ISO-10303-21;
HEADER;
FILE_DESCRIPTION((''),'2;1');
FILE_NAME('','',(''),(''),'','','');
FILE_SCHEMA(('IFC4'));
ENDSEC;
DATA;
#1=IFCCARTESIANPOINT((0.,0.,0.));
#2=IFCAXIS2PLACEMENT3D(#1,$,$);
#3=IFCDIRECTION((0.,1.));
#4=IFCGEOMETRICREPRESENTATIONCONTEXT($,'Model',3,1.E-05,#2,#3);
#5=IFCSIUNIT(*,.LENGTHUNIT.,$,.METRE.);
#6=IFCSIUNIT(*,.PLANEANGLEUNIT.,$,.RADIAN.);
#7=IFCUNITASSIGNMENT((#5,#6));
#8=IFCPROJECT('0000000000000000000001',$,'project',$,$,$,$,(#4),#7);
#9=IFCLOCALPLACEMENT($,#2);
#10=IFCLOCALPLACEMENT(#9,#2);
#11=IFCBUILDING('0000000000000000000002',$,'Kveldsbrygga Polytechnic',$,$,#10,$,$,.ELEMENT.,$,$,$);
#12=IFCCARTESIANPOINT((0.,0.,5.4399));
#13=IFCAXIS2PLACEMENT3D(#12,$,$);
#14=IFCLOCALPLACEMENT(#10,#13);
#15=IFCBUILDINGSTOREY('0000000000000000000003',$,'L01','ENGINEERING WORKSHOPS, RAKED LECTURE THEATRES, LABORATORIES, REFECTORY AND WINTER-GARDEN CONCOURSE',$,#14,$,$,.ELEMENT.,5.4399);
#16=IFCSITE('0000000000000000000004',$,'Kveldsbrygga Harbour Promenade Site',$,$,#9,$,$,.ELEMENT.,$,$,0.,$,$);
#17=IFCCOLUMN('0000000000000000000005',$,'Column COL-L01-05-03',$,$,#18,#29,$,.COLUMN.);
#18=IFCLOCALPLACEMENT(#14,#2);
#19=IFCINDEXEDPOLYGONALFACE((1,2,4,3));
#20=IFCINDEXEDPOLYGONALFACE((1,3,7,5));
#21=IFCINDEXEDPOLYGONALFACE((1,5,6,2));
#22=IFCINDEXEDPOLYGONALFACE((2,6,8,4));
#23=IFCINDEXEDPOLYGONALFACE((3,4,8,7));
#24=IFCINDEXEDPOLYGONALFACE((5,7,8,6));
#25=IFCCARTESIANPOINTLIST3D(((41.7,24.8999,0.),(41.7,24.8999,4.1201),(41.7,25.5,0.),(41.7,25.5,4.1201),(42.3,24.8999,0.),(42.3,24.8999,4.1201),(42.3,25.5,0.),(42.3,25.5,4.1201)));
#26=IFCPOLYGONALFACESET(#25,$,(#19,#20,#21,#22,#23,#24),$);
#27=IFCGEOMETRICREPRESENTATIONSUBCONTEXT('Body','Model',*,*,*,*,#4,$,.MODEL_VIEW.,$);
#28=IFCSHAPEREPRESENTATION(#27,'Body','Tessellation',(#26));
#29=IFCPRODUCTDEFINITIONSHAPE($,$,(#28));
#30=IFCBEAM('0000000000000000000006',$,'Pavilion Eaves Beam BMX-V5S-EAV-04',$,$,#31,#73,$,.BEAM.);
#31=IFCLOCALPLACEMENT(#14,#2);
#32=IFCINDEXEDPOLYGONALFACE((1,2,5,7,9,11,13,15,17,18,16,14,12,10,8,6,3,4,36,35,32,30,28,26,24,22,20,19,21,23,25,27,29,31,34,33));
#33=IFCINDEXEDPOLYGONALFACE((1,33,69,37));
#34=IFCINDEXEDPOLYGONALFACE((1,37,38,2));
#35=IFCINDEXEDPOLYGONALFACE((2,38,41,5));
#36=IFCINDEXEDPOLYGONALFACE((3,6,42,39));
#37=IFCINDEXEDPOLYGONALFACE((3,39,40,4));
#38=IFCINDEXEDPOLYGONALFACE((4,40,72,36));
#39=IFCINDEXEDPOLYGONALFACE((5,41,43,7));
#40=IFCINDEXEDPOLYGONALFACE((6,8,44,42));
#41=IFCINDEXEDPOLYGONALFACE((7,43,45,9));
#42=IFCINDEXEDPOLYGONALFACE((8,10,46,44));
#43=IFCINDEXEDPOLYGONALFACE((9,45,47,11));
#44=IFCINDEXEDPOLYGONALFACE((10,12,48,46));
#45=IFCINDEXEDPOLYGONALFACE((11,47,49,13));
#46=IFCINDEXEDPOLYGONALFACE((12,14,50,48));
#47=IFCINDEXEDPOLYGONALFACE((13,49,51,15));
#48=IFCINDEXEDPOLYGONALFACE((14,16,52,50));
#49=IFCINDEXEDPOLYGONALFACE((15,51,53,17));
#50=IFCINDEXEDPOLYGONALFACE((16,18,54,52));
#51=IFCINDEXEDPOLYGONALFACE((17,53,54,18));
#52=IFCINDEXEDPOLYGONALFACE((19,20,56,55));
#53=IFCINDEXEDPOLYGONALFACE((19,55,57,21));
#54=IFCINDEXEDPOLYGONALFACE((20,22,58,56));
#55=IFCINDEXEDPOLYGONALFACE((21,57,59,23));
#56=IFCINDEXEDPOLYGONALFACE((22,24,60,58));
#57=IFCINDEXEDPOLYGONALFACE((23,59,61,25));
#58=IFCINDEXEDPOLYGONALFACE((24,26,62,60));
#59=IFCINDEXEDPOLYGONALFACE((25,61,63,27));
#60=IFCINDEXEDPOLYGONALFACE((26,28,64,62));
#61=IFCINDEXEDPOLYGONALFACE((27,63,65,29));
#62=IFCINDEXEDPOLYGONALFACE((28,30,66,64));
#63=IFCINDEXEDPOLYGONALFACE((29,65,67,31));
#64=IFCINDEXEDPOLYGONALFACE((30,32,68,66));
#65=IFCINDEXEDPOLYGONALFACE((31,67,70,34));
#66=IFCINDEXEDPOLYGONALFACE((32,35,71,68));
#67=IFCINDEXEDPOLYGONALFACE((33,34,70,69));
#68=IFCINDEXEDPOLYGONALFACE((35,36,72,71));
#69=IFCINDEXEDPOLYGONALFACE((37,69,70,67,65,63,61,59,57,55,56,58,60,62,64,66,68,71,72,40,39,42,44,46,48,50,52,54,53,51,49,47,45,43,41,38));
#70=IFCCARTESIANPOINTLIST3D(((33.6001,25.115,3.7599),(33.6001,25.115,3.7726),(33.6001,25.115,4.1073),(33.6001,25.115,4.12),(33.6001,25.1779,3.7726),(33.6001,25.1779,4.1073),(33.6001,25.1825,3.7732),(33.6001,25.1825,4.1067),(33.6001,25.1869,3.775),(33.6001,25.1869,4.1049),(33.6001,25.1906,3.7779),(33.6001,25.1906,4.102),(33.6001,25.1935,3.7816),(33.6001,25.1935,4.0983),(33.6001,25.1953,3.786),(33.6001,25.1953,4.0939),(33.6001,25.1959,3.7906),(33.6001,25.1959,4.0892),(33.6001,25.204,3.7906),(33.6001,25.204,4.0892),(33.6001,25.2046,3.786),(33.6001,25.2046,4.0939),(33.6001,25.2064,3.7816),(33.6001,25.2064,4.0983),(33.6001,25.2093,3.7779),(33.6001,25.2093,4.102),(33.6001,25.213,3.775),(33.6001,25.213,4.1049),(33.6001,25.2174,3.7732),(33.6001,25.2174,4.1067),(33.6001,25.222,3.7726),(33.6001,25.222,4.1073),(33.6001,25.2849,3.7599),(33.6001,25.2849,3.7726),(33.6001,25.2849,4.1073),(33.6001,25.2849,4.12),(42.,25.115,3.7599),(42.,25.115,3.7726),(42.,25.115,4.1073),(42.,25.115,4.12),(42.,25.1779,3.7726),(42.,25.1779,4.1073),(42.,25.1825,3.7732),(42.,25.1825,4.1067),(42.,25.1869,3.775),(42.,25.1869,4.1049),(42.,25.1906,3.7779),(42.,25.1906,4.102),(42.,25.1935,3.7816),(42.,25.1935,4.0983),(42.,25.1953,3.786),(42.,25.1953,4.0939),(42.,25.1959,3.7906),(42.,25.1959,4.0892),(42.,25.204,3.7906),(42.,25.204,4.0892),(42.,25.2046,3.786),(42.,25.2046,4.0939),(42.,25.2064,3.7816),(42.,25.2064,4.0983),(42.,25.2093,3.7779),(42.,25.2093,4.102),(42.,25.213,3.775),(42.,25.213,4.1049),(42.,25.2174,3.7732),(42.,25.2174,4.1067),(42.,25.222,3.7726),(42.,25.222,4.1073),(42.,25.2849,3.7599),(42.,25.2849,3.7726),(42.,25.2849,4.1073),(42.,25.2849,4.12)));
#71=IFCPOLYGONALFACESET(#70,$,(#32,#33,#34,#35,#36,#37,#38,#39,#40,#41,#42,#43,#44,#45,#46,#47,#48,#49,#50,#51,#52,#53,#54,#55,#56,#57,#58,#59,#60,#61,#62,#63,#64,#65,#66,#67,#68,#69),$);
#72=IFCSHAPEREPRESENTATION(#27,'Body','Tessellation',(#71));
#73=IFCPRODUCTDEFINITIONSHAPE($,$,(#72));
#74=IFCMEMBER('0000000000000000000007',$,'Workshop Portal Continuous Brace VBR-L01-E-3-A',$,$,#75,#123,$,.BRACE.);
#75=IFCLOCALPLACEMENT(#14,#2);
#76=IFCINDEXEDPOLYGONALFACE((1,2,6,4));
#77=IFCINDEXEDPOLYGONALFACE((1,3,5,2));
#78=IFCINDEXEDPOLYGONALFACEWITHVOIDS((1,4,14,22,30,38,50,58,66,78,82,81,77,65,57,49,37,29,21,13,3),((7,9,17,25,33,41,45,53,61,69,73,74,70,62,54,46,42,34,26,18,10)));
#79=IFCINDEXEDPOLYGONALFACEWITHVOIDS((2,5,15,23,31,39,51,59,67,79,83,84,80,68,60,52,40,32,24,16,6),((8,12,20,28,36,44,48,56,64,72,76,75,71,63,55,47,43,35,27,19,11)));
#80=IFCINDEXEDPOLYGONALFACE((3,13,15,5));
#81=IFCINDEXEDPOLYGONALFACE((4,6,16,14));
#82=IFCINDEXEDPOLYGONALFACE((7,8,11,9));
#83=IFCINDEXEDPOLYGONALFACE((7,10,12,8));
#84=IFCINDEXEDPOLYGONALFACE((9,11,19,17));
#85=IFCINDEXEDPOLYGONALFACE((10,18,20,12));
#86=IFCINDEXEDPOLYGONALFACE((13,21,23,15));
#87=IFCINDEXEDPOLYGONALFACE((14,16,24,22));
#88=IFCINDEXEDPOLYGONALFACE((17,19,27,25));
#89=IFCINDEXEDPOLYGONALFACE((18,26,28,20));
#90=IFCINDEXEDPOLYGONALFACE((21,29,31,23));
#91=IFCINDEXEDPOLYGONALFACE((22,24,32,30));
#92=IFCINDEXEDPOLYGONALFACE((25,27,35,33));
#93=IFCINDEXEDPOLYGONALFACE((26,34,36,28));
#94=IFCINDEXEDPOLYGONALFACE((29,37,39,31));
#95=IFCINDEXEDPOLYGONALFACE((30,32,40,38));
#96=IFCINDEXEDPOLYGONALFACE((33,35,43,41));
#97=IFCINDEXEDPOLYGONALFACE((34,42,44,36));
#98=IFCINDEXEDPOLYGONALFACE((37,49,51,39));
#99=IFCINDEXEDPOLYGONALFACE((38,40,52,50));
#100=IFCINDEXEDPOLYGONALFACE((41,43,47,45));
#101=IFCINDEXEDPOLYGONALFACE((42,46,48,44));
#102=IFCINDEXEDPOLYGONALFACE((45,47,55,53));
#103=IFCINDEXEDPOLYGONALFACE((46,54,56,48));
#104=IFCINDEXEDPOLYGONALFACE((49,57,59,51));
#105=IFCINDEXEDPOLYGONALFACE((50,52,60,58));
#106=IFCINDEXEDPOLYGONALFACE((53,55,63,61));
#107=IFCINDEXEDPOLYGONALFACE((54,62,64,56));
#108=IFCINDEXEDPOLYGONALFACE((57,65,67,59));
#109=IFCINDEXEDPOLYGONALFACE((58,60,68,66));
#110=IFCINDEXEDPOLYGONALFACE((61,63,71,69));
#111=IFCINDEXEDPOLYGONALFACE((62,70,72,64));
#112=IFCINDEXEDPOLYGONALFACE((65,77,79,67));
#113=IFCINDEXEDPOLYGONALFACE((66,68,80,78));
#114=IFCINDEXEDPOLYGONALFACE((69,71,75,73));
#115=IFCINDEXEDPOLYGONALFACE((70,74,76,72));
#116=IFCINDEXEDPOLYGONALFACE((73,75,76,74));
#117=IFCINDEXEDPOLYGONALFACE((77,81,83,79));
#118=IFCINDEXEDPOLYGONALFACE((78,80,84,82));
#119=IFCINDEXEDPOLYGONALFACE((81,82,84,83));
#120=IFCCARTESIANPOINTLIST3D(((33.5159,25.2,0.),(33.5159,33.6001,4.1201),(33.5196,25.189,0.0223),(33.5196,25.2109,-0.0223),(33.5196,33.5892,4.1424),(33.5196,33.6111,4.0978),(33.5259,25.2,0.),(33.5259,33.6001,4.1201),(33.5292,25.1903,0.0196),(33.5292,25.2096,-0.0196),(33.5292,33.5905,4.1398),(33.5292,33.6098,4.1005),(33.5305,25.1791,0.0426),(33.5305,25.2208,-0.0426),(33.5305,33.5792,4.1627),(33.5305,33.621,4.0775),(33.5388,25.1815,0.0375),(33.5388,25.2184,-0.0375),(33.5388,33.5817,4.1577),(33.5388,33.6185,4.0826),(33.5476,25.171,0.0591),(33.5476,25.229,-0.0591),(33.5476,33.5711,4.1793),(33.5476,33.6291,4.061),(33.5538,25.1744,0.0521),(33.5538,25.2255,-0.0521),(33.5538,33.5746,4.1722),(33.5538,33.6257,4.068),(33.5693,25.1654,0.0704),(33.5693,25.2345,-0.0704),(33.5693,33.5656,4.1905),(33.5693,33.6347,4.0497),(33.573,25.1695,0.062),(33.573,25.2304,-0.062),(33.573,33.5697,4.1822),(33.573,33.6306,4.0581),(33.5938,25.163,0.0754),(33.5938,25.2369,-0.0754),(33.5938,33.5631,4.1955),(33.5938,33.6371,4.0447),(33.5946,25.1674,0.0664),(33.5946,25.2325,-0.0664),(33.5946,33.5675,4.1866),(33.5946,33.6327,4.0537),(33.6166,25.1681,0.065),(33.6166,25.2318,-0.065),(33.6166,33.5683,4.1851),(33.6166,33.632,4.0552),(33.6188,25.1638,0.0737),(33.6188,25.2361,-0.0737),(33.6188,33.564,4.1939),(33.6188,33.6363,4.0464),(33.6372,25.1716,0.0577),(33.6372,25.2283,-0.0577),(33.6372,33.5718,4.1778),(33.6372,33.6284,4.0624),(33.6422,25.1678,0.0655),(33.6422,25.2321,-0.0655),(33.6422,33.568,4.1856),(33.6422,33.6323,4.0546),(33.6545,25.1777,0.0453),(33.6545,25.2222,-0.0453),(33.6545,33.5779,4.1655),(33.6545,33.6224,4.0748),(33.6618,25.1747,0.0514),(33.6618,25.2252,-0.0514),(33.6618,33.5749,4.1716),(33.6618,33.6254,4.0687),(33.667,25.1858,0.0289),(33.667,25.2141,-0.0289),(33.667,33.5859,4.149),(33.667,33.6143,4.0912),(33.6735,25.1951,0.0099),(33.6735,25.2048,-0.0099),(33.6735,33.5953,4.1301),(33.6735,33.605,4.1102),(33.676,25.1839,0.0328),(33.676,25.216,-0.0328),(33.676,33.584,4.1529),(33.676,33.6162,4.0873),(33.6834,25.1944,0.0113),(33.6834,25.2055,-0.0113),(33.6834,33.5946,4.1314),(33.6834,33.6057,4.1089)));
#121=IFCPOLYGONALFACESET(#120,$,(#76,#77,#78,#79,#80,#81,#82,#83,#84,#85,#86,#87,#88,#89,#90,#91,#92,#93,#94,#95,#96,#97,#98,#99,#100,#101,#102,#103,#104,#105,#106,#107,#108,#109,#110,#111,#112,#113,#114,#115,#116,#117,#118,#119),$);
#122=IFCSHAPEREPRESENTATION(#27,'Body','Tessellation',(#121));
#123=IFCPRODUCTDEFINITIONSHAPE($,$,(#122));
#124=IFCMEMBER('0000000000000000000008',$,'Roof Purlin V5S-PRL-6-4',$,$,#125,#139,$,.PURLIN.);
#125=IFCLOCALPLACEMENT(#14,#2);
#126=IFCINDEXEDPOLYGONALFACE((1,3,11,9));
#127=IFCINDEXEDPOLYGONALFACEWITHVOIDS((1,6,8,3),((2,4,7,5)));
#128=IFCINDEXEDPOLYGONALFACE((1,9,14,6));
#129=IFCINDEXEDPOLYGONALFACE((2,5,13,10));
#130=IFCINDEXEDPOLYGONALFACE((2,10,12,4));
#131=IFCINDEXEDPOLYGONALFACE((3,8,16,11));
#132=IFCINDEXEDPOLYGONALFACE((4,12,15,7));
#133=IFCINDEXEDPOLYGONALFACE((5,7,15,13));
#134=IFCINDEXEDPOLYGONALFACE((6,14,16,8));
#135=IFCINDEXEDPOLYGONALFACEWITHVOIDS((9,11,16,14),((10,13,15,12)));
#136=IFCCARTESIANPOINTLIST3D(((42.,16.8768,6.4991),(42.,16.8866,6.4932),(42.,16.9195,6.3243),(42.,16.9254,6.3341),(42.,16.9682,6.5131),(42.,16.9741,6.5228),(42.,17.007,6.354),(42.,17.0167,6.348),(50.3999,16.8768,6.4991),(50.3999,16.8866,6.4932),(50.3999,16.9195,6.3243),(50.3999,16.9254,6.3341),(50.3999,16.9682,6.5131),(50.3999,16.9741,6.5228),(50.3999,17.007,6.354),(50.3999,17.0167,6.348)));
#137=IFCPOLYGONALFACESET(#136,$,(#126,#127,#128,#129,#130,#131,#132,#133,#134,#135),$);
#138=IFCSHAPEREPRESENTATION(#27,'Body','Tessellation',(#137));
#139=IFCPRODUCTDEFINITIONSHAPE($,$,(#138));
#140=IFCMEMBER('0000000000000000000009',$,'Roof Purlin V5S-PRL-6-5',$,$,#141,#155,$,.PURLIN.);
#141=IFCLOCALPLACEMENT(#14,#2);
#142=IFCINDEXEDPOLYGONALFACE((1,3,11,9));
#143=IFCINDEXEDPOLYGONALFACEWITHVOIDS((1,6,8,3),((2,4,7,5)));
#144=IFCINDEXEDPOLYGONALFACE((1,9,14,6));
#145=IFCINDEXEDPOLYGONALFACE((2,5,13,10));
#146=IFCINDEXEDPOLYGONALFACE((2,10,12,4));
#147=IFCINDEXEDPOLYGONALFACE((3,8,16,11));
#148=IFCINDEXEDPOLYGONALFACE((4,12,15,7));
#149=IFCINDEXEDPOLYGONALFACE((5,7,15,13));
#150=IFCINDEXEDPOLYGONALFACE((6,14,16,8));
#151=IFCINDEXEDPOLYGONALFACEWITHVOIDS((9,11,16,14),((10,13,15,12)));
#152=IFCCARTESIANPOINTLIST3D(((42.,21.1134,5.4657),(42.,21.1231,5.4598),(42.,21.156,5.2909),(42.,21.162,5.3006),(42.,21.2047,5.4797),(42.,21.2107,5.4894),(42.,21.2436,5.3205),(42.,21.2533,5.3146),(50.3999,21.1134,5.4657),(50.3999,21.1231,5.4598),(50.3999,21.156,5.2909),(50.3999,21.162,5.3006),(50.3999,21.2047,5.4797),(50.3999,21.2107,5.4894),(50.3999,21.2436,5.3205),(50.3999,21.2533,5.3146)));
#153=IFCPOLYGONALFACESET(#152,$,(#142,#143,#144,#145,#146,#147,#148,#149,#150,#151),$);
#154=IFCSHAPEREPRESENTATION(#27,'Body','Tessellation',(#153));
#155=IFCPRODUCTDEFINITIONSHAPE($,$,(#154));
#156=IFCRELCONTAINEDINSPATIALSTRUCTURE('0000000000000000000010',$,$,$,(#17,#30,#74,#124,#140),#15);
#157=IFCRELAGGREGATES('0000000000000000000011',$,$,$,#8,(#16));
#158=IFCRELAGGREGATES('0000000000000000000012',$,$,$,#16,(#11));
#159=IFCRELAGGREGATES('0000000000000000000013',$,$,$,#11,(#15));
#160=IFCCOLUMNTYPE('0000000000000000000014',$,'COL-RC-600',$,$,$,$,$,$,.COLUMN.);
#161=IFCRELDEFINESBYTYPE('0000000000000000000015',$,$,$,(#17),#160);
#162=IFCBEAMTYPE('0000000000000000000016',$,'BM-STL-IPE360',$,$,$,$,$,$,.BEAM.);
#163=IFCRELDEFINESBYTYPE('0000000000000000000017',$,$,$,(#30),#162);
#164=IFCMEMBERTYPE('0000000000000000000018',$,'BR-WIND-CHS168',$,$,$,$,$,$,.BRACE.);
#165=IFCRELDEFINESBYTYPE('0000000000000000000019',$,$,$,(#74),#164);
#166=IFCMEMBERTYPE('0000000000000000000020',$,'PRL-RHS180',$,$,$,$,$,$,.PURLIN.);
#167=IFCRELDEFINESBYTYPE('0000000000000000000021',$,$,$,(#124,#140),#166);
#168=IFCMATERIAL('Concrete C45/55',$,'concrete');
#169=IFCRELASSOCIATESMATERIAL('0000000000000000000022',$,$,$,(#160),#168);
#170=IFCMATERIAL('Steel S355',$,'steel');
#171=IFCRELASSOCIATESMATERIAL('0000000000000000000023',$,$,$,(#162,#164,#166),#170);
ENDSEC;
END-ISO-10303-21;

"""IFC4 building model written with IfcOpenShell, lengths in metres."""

from ifc_helpers import new_model, si_unit, direction, frame, origin, origin_2d, place, context, subcontext, project, spatial, rectangle, hollow_rectangle, hollow_circle, i_section, extrude, material, material_profile, profile_set, type_object, element, save


model = new_model("IFC4")

# Units and contexts
model_context = context("Model", 3, precision=1e-05, world=origin(), true_north=direction((0.0, 1.0)))
body_context = subcontext(model_context, "Body", "Model", "MODEL_VIEW")
ifc_project = project(units=[si_unit("LENGTHUNIT", "METRE"), si_unit("PLANEANGLEUNIT", "RADIAN")], contexts=[model_context])

# Site, building, storey
site_placement = place(None, origin())
site = spatial("IfcSite", under=ifc_project, at=site_placement, Name="Kveldsbrygga Harbour Promenade Site", CompositionType="ELEMENT", RefElevation=0.0)
building_placement = place(site_placement, origin())
building = spatial("IfcBuilding", under=site, at=building_placement, Name="Kveldsbrygga Polytechnic", CompositionType="ELEMENT")
storey_placement = place(building_placement, frame((0.0, 0.0, 5.4399)))
storey = spatial("IfcBuildingStorey", under=building, at=storey_placement, Name="L01", Description="ENGINEERING WORKSHOPS, RAKED LECTURE THEATRES, LABORATORIES, REFECTORY AND WINTER-GARDEN CONCOURSE", CompositionType="ELEMENT", Elevation=5.4399)

# Column
ifc_material_1 = material(Name="Concrete C45/55", Category="concrete")
ifc_material_profile_1 = material_profile(ifc_material_1, rectangle(XDim=0.6001, YDim=0.6001, at=origin_2d()), Name="RC 600x600")
ifc_profile_set_1 = profile_set([ifc_material_profile_1], Name="Concrete C45/55")
column_type = type_object("IfcColumnType", Name="COL-RC-600", PredefinedType="COLUMN", material=ifc_profile_set_1)
column_placement = place(storey_placement, frame((42.0, 25.2, 0.0), z_axis=(0.0, 0.0, 1.0), x_axis=(1.0, 0.0, 0.0)))
element("IfcColumn", 1, at=column_placement, inside=storey, type_object=column_type, Name="Column COL-L01-05-03", PredefinedType="COLUMN", context=body_context, shape_type="SweptSolid", body=[
    extrude(rectangle(XDim=0.6001, YDim=0.6001, at=origin_2d()), origin(), (0.0, 0.0, 1.0), 4.1201),
])

# Beam
ifc_material_2 = material(Name="Steel S355", Category="steel")
ifc_material_profile_2 = material_profile(ifc_material_2, i_section(OverallWidth=0.1699, OverallDepth=0.3601, WebThickness=0.0081, FlangeThickness=0.0127, FilletRadius=0.0181, at=origin_2d()), Name="IPE 360")
ifc_profile_set_2 = profile_set([ifc_material_profile_2], Name="Steel S355")
beam_type = type_object("IfcBeamType", Name="BM-STL-IPE360", PredefinedType="BEAM", material=ifc_profile_set_2)
beam_placement = place(storey_placement, frame((33.6001, 25.2, 3.9399), z_axis=(1.0, 0.0, 0.0), x_axis=(0.0, 1.0, 0.0)))
element("IfcBeam", 2, at=beam_placement, inside=storey, type_object=beam_type, Name="Pavilion Eaves Beam BMX-V5S-EAV-04", PredefinedType="BEAM", context=body_context, shape_type="SweptSolid", body=[
    extrude(i_section(OverallWidth=0.1699, OverallDepth=0.3601, WebThickness=0.0081, FlangeThickness=0.0127, FilletRadius=0.0181, at=origin_2d()), origin(), (0.0, 0.0, 1.0), 8.3999),
])

# Members
ifc_material_profile_3 = material_profile(ifc_material_2, hollow_circle(Radius=0.0842, WallThickness=0.01, at=origin_2d()), Name="CHS 168.3x10.0")
ifc_profile_set_3 = profile_set([ifc_material_profile_3], Name="Steel S355")
member_type_1 = type_object("IfcMemberType", Name="BR-WIND-CHS168", PredefinedType="BRACE", material=ifc_profile_set_3)
member_1_placement = place(storey_placement, frame((33.6001, 25.2, 0.0), z_axis=(0.0, 0.897819, 0.440364), x_axis=(-1.0, 0.0, 0.0)))
element("IfcMember", 3, at=member_1_placement, inside=storey, type_object=member_type_1, Name="Workshop Portal Continuous Brace VBR-L01-E-3-A", PredefinedType="BRACE", context=body_context, shape_type="SweptSolid", body=[
    extrude(hollow_circle(Radius=0.0842, WallThickness=0.01, at=origin_2d()), origin(), (0.0, 0.0, 1.0), 9.3562),
])
ifc_material_profile_4 = material_profile(ifc_material_2, hollow_rectangle(XDim=0.1001, YDim=0.1799, WallThickness=0.0081, at=origin_2d()), Name="RHS 180x100x8.0")
ifc_profile_set_4 = profile_set([ifc_material_profile_4], Name="Steel S355")
member_type_2 = type_object("IfcMemberType", Name="PRL-RHS180", PredefinedType="PURLIN", material=ifc_profile_set_4)
for number, where, z_axis, x_axis, name in (
    (4, (42.0, 16.9468, 6.4236), (1.0, 0.0, 0.0), (0.0, 0.97152, 0.236957), "Roof Purlin V5S-PRL-6-4"),
    (5, (42.0, 21.1833, 5.3901), (1.0, 0.0, 0.0), (0.0, 0.97152, 0.236957), "Roof Purlin V5S-PRL-6-5"),
):
    element("IfcMember", number, at=place(storey_placement, frame(where, z_axis=z_axis, x_axis=x_axis)), inside=storey, type_object=member_type_2, Name=name, PredefinedType="PURLIN", context=body_context, shape_type="SweptSolid", body=[
        extrude(hollow_rectangle(XDim=0.1001, YDim=0.1799, WallThickness=0.0081, at=origin_2d()), origin(), (0.0, 0.0, 1.0), 8.3999),
    ])

save(model, "model.ifc")
